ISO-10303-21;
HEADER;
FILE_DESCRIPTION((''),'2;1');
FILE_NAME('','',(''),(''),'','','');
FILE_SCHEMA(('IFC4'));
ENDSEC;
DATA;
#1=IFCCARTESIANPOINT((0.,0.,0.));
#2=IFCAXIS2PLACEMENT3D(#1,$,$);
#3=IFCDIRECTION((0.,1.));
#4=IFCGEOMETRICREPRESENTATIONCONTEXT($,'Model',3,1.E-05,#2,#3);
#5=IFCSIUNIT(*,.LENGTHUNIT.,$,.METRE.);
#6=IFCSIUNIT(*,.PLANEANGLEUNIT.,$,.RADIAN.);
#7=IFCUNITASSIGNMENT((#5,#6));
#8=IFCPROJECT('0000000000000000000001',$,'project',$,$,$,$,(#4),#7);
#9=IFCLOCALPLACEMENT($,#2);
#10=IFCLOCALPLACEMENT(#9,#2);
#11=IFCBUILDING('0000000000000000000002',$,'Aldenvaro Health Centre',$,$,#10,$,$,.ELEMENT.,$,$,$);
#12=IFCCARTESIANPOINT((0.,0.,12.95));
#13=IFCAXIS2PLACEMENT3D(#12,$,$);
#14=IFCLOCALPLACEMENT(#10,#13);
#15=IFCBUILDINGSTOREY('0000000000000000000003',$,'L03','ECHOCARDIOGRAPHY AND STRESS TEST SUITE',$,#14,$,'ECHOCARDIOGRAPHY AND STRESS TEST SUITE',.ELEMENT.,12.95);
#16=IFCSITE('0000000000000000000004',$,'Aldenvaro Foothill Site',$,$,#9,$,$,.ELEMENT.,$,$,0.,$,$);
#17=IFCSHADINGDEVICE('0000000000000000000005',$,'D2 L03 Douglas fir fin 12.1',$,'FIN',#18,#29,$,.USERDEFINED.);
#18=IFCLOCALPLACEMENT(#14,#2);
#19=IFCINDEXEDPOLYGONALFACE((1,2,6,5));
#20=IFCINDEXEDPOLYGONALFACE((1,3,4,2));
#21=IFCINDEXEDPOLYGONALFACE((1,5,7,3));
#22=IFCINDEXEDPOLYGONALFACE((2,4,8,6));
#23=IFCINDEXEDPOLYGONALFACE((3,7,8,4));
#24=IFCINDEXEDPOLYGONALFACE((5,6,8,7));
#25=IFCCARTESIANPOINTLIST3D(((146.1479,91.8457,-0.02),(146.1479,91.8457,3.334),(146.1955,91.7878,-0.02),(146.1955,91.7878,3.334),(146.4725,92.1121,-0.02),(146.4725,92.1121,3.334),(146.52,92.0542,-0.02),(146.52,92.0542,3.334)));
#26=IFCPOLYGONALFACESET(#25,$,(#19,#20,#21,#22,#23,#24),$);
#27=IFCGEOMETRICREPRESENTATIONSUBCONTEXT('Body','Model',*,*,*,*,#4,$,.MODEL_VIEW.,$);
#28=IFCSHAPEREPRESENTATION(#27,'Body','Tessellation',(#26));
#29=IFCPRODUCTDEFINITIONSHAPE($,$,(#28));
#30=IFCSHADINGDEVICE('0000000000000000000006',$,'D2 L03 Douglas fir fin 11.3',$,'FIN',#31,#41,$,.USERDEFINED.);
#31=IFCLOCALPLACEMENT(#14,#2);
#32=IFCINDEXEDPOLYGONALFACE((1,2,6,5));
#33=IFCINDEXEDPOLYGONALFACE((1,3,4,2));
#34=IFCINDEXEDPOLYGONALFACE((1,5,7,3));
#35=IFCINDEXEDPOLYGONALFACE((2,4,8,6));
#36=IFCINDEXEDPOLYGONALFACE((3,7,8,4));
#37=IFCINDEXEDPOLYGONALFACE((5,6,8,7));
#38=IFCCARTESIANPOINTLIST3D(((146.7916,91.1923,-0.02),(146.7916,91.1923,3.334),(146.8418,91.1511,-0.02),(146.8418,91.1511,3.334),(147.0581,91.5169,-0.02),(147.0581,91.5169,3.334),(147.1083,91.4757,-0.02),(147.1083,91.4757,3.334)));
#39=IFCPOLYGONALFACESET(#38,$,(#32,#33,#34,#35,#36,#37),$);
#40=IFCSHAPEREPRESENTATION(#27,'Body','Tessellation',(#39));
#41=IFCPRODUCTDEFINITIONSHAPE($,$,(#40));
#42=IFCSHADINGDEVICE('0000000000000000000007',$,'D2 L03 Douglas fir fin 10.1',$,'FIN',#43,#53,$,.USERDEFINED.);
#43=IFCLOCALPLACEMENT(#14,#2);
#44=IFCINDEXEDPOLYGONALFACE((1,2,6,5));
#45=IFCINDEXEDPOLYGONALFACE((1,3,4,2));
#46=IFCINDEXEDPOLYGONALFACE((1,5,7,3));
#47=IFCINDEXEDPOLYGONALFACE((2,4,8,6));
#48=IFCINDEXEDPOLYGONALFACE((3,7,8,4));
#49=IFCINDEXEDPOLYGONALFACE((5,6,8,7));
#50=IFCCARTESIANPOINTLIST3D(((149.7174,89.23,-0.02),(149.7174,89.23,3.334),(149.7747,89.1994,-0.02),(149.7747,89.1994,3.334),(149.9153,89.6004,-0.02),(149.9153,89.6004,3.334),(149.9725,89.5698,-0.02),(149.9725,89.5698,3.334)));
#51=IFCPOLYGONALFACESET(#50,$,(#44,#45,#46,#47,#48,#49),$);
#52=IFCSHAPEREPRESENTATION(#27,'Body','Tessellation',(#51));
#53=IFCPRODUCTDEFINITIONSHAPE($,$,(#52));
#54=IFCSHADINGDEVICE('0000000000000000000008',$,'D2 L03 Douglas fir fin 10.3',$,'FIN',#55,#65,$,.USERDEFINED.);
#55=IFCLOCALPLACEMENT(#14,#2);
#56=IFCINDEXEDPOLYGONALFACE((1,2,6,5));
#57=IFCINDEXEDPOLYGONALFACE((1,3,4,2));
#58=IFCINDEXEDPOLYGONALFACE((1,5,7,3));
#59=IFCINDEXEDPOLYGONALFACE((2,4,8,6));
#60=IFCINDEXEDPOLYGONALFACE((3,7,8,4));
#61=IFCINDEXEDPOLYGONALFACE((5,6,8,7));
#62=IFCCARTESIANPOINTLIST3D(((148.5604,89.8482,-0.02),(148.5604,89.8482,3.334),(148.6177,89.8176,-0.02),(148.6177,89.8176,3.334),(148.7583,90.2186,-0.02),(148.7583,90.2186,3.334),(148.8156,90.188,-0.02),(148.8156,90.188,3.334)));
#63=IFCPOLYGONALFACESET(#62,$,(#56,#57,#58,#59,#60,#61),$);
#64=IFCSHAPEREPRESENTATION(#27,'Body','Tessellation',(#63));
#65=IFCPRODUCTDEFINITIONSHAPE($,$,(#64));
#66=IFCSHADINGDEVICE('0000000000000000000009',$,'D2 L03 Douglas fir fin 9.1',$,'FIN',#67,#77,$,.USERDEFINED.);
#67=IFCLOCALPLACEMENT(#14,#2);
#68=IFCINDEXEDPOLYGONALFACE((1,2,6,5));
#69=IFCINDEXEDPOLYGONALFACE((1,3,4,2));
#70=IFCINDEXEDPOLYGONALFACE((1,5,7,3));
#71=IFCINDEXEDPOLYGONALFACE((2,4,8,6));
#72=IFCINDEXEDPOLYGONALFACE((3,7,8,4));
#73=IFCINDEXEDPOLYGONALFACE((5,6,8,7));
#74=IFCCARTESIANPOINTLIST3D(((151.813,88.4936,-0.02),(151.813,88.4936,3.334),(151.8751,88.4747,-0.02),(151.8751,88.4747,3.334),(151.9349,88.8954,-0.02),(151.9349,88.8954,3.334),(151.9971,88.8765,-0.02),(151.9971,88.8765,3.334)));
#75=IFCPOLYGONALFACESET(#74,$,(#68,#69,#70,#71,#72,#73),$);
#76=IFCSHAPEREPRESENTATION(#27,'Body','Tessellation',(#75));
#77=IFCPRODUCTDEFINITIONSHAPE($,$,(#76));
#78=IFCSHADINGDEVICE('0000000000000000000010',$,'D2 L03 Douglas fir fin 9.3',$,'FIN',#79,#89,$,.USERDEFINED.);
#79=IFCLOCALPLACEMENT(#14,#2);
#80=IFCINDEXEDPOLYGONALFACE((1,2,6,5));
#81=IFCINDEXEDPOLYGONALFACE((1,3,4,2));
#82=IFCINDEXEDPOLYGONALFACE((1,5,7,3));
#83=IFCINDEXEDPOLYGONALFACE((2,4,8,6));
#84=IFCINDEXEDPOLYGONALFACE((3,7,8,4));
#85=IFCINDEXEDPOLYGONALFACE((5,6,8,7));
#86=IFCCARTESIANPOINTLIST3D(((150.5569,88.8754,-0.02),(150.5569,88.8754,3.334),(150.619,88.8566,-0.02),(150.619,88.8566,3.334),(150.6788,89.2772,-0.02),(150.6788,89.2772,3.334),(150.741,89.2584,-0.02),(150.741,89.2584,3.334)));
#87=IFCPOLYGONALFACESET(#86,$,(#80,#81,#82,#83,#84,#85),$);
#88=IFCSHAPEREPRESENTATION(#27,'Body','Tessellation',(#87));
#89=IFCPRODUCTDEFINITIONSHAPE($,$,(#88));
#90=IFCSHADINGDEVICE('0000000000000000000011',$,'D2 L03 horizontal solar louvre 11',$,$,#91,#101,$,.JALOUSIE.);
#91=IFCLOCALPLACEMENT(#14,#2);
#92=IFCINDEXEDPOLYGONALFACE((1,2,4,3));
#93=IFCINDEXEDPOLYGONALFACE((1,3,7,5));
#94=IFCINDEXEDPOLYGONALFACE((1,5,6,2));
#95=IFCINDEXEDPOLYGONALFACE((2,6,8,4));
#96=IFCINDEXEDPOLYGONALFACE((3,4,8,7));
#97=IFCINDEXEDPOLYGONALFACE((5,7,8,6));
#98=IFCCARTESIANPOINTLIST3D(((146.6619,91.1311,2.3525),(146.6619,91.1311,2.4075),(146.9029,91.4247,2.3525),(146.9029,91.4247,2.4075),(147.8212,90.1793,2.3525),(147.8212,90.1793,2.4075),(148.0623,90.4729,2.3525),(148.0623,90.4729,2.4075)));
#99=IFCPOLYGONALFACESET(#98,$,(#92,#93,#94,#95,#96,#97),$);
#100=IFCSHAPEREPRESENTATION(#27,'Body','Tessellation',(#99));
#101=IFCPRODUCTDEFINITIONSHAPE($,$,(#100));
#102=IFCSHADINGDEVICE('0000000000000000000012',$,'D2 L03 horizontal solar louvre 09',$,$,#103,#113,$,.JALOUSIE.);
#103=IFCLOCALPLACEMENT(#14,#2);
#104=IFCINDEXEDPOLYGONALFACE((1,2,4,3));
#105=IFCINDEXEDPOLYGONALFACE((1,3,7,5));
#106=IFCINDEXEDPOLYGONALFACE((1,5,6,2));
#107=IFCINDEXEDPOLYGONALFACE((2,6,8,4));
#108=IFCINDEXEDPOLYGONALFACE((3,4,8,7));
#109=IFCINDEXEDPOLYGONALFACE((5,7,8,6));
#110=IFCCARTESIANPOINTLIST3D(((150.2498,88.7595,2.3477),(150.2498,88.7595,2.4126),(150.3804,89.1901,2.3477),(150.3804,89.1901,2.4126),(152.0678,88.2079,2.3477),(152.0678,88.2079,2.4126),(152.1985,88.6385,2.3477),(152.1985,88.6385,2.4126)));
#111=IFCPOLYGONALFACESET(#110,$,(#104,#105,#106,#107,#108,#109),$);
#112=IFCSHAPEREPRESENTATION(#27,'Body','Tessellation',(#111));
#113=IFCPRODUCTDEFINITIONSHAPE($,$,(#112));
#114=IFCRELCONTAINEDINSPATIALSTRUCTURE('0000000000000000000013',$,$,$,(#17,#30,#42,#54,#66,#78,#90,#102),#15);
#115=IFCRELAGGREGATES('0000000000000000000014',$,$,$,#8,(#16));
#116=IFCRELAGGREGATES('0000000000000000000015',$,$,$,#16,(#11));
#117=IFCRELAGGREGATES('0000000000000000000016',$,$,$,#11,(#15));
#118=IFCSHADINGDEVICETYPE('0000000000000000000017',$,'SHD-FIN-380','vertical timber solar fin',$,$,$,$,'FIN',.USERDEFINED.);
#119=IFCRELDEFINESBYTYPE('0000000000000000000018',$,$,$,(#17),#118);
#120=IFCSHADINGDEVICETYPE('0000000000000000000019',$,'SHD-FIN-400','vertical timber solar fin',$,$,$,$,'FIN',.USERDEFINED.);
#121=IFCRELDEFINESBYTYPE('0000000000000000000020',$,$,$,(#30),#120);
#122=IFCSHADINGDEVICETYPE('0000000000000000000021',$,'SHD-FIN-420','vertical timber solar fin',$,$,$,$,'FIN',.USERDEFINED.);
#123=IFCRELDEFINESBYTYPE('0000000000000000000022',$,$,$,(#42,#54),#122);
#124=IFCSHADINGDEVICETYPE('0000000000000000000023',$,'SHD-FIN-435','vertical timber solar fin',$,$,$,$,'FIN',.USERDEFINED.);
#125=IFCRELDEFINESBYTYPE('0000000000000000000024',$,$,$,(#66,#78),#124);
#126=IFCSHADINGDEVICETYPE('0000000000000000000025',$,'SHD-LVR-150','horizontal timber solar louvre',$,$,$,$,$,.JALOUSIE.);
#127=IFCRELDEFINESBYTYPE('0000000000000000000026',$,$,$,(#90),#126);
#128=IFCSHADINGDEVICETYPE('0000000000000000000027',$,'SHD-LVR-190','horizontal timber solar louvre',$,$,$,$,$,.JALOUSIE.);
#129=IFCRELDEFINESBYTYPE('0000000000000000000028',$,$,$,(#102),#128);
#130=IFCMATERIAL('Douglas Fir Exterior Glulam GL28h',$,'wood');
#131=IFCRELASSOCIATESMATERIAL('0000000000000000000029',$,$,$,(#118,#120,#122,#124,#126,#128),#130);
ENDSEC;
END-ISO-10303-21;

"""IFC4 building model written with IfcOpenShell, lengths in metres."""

from ifc_helpers import new_model, si_unit, direction, frame, origin, origin_2d, place, context, subcontext, project, spatial, rectangle, extrude, material, type_object, element, save


model = new_model("IFC4")

# Units and contexts
model_context = context("Model", 3, precision=1e-05, world=origin(), true_north=direction((0.0, 1.0)))
body_context = subcontext(model_context, "Body", "Model", "MODEL_VIEW")
ifc_project = project(units=[si_unit("LENGTHUNIT", "METRE"), si_unit("PLANEANGLEUNIT", "RADIAN")], contexts=[model_context])

# Site, building, storey
site_placement = place(None, origin())
site = spatial("IfcSite", under=ifc_project, at=site_placement, Name="Aldenvaro Foothill Site", CompositionType="ELEMENT", RefElevation=0.0)
building_placement = place(site_placement, origin())
building = spatial("IfcBuilding", under=site, at=building_placement, Name="Aldenvaro Health Centre", CompositionType="ELEMENT")
storey_placement = place(building_placement, frame((0.0, 0.0, 12.95)))
storey = spatial("IfcBuildingStorey", under=building, at=storey_placement, Name="L03", Description="ECHOCARDIOGRAPHY AND STRESS TEST SUITE", LongName="ECHOCARDIOGRAPHY AND STRESS TEST SUITE", CompositionType="ELEMENT", Elevation=12.95)

# Shading devices
ifc_material_1 = material(Name="Douglas Fir Exterior Glulam GL28h", Category="wood")
shading_device_type_1 = type_object("IfcShadingDeviceType", Name="SHD-FIN-380", Description="vertical timber solar fin", ElementType="FIN", PredefinedType="USERDEFINED", material=ifc_material_1)
shading_device_1_placement = place(storey_placement, frame((146.334, 91.95, -0.02), z_axis=(0.0, 0.0, 1.0), x_axis=(-0.634502, 0.772921, 0.0)))
element("IfcShadingDevice", 1, at=shading_device_1_placement, inside=storey, type_object=shading_device_type_1, Name="D2 L03 Douglas fir fin 12.1", ObjectType="FIN", PredefinedType="USERDEFINED", context=body_context, shape_type="SweptSolid", body=[
    extrude(rectangle(XDim=0.075, YDim=0.4199, at=origin_2d()), origin(), (0.0, 0.0, 1.0), 3.354),
])
shading_device_type_2 = type_object("IfcShadingDeviceType", Name="SHD-FIN-400", Description="vertical timber solar fin", ElementType="FIN", PredefinedType="USERDEFINED", material=ifc_material_1)
shading_device_2_placement = place(storey_placement, frame((146.95, 91.334, -0.02), z_axis=(0.0, 0.0, 1.0), x_axis=(-0.772921, 0.634502, 0.0)))
element("IfcShadingDevice", 2, at=shading_device_2_placement, inside=storey, type_object=shading_device_type_2, Name="D2 L03 Douglas fir fin 11.3", ObjectType="FIN", PredefinedType="USERDEFINED", context=body_context, shape_type="SweptSolid", body=[
    extrude(rectangle(XDim=0.0649, YDim=0.4199, at=origin_2d()), origin(), (0.0, 0.0, 1.0), 3.354),
])
shading_device_type_3 = type_object("IfcShadingDeviceType", Name="SHD-FIN-420", Description="vertical timber solar fin", ElementType="FIN", PredefinedType="USERDEFINED", material=ifc_material_1)
for number, where, z_axis, x_axis, name in (
    (3, (149.845, 89.3999, -0.02), (0.0, 0.0, 1.0), (-0.882018, 0.471215, 0.0), "D2 L03 Douglas fir fin 10.1"),
    (4, (148.688, 90.0181, -0.02), (0.0, 0.0, 1.0), (-0.882018, 0.471215, 0.0), "D2 L03 Douglas fir fin 10.3"),
):
    element("IfcShadingDevice", number, at=place(storey_placement, frame(where, z_axis=z_axis, x_axis=x_axis)), inside=storey, type_object=shading_device_type_3, Name=name, ObjectType="FIN", PredefinedType="USERDEFINED", context=body_context, shape_type="SweptSolid", body=[
        extrude(rectangle(XDim=0.0649, YDim=0.4199, at=origin_2d()), origin(), (0.0, 0.0, 1.0), 3.354),
    ])
shading_device_type_4 = type_object("IfcShadingDeviceType", Name="SHD-FIN-435", Description="vertical timber solar fin", ElementType="FIN", PredefinedType="USERDEFINED", material=ifc_material_1)
for number, where, z_axis, x_axis, name in (
    (5, (151.905, 88.6851, -0.02), (0.0, 0.0, 1.0), (-0.956927, 0.29033, 0.0), "D2 L03 Douglas fir fin 9.1"),
    (6, (150.6489, 89.0669, -0.02), (0.0, 0.0, 1.0), (-0.956927, 0.29033, 0.0), "D2 L03 Douglas fir fin 9.3"),
):
    element("IfcShadingDevice", number, at=place(storey_placement, frame(where, z_axis=z_axis, x_axis=x_axis)), inside=storey, type_object=shading_device_type_4, Name=name, ObjectType="FIN", PredefinedType="USERDEFINED", context=body_context, shape_type="SweptSolid", body=[
        extrude(rectangle(XDim=0.0649, YDim=0.4199, at=origin_2d()), origin(), (0.0, 0.0, 1.0), 3.354),
    ])
shading_device_type_5 = type_object("IfcShadingDeviceType", Name="SHD-LVR-150", Description="horizontal timber solar louvre", PredefinedType="JALOUSIE", material=ifc_material_1)
shading_device_3_placement = place(storey_placement, frame((147.3621, 90.802, 2.3525), z_axis=(0.0, 0.0, 1.0), x_axis=(-0.772921, 0.634502, 0.0)))
element("IfcShadingDevice", 7, at=shading_device_3_placement, inside=storey, type_object=shading_device_type_5, Name="D2 L03 horizontal solar louvre 11", PredefinedType="JALOUSIE", context=body_context, shape_type="SweptSolid", body=[
    extrude(rectangle(XDim=1.5, YDim=0.3799, at=origin_2d()), origin(), (0.0, 0.0, 1.0), 0.0549),
])
shading_device_type_6 = type_object("IfcShadingDeviceType", Name="SHD-LVR-190", Description="horizontal timber solar louvre", PredefinedType="JALOUSIE", material=ifc_material_1)
shading_device_4_placement = place(storey_placement, frame((151.2241, 88.699, 2.3477), z_axis=(0.0, 0.0, 1.0), x_axis=(-0.956927, 0.29033, 0.0)))
element("IfcShadingDevice", 8, at=shading_device_4_placement, inside=storey, type_object=shading_device_type_6, Name="D2 L03 horizontal solar louvre 09", PredefinedType="JALOUSIE", context=body_context, shape_type="SweptSolid", body=[
    extrude(rectangle(XDim=1.8999, YDim=0.45, at=origin_2d()), origin(), (0.0, 0.0, 1.0), 0.0649),
])

save(model, "model.ifc")
